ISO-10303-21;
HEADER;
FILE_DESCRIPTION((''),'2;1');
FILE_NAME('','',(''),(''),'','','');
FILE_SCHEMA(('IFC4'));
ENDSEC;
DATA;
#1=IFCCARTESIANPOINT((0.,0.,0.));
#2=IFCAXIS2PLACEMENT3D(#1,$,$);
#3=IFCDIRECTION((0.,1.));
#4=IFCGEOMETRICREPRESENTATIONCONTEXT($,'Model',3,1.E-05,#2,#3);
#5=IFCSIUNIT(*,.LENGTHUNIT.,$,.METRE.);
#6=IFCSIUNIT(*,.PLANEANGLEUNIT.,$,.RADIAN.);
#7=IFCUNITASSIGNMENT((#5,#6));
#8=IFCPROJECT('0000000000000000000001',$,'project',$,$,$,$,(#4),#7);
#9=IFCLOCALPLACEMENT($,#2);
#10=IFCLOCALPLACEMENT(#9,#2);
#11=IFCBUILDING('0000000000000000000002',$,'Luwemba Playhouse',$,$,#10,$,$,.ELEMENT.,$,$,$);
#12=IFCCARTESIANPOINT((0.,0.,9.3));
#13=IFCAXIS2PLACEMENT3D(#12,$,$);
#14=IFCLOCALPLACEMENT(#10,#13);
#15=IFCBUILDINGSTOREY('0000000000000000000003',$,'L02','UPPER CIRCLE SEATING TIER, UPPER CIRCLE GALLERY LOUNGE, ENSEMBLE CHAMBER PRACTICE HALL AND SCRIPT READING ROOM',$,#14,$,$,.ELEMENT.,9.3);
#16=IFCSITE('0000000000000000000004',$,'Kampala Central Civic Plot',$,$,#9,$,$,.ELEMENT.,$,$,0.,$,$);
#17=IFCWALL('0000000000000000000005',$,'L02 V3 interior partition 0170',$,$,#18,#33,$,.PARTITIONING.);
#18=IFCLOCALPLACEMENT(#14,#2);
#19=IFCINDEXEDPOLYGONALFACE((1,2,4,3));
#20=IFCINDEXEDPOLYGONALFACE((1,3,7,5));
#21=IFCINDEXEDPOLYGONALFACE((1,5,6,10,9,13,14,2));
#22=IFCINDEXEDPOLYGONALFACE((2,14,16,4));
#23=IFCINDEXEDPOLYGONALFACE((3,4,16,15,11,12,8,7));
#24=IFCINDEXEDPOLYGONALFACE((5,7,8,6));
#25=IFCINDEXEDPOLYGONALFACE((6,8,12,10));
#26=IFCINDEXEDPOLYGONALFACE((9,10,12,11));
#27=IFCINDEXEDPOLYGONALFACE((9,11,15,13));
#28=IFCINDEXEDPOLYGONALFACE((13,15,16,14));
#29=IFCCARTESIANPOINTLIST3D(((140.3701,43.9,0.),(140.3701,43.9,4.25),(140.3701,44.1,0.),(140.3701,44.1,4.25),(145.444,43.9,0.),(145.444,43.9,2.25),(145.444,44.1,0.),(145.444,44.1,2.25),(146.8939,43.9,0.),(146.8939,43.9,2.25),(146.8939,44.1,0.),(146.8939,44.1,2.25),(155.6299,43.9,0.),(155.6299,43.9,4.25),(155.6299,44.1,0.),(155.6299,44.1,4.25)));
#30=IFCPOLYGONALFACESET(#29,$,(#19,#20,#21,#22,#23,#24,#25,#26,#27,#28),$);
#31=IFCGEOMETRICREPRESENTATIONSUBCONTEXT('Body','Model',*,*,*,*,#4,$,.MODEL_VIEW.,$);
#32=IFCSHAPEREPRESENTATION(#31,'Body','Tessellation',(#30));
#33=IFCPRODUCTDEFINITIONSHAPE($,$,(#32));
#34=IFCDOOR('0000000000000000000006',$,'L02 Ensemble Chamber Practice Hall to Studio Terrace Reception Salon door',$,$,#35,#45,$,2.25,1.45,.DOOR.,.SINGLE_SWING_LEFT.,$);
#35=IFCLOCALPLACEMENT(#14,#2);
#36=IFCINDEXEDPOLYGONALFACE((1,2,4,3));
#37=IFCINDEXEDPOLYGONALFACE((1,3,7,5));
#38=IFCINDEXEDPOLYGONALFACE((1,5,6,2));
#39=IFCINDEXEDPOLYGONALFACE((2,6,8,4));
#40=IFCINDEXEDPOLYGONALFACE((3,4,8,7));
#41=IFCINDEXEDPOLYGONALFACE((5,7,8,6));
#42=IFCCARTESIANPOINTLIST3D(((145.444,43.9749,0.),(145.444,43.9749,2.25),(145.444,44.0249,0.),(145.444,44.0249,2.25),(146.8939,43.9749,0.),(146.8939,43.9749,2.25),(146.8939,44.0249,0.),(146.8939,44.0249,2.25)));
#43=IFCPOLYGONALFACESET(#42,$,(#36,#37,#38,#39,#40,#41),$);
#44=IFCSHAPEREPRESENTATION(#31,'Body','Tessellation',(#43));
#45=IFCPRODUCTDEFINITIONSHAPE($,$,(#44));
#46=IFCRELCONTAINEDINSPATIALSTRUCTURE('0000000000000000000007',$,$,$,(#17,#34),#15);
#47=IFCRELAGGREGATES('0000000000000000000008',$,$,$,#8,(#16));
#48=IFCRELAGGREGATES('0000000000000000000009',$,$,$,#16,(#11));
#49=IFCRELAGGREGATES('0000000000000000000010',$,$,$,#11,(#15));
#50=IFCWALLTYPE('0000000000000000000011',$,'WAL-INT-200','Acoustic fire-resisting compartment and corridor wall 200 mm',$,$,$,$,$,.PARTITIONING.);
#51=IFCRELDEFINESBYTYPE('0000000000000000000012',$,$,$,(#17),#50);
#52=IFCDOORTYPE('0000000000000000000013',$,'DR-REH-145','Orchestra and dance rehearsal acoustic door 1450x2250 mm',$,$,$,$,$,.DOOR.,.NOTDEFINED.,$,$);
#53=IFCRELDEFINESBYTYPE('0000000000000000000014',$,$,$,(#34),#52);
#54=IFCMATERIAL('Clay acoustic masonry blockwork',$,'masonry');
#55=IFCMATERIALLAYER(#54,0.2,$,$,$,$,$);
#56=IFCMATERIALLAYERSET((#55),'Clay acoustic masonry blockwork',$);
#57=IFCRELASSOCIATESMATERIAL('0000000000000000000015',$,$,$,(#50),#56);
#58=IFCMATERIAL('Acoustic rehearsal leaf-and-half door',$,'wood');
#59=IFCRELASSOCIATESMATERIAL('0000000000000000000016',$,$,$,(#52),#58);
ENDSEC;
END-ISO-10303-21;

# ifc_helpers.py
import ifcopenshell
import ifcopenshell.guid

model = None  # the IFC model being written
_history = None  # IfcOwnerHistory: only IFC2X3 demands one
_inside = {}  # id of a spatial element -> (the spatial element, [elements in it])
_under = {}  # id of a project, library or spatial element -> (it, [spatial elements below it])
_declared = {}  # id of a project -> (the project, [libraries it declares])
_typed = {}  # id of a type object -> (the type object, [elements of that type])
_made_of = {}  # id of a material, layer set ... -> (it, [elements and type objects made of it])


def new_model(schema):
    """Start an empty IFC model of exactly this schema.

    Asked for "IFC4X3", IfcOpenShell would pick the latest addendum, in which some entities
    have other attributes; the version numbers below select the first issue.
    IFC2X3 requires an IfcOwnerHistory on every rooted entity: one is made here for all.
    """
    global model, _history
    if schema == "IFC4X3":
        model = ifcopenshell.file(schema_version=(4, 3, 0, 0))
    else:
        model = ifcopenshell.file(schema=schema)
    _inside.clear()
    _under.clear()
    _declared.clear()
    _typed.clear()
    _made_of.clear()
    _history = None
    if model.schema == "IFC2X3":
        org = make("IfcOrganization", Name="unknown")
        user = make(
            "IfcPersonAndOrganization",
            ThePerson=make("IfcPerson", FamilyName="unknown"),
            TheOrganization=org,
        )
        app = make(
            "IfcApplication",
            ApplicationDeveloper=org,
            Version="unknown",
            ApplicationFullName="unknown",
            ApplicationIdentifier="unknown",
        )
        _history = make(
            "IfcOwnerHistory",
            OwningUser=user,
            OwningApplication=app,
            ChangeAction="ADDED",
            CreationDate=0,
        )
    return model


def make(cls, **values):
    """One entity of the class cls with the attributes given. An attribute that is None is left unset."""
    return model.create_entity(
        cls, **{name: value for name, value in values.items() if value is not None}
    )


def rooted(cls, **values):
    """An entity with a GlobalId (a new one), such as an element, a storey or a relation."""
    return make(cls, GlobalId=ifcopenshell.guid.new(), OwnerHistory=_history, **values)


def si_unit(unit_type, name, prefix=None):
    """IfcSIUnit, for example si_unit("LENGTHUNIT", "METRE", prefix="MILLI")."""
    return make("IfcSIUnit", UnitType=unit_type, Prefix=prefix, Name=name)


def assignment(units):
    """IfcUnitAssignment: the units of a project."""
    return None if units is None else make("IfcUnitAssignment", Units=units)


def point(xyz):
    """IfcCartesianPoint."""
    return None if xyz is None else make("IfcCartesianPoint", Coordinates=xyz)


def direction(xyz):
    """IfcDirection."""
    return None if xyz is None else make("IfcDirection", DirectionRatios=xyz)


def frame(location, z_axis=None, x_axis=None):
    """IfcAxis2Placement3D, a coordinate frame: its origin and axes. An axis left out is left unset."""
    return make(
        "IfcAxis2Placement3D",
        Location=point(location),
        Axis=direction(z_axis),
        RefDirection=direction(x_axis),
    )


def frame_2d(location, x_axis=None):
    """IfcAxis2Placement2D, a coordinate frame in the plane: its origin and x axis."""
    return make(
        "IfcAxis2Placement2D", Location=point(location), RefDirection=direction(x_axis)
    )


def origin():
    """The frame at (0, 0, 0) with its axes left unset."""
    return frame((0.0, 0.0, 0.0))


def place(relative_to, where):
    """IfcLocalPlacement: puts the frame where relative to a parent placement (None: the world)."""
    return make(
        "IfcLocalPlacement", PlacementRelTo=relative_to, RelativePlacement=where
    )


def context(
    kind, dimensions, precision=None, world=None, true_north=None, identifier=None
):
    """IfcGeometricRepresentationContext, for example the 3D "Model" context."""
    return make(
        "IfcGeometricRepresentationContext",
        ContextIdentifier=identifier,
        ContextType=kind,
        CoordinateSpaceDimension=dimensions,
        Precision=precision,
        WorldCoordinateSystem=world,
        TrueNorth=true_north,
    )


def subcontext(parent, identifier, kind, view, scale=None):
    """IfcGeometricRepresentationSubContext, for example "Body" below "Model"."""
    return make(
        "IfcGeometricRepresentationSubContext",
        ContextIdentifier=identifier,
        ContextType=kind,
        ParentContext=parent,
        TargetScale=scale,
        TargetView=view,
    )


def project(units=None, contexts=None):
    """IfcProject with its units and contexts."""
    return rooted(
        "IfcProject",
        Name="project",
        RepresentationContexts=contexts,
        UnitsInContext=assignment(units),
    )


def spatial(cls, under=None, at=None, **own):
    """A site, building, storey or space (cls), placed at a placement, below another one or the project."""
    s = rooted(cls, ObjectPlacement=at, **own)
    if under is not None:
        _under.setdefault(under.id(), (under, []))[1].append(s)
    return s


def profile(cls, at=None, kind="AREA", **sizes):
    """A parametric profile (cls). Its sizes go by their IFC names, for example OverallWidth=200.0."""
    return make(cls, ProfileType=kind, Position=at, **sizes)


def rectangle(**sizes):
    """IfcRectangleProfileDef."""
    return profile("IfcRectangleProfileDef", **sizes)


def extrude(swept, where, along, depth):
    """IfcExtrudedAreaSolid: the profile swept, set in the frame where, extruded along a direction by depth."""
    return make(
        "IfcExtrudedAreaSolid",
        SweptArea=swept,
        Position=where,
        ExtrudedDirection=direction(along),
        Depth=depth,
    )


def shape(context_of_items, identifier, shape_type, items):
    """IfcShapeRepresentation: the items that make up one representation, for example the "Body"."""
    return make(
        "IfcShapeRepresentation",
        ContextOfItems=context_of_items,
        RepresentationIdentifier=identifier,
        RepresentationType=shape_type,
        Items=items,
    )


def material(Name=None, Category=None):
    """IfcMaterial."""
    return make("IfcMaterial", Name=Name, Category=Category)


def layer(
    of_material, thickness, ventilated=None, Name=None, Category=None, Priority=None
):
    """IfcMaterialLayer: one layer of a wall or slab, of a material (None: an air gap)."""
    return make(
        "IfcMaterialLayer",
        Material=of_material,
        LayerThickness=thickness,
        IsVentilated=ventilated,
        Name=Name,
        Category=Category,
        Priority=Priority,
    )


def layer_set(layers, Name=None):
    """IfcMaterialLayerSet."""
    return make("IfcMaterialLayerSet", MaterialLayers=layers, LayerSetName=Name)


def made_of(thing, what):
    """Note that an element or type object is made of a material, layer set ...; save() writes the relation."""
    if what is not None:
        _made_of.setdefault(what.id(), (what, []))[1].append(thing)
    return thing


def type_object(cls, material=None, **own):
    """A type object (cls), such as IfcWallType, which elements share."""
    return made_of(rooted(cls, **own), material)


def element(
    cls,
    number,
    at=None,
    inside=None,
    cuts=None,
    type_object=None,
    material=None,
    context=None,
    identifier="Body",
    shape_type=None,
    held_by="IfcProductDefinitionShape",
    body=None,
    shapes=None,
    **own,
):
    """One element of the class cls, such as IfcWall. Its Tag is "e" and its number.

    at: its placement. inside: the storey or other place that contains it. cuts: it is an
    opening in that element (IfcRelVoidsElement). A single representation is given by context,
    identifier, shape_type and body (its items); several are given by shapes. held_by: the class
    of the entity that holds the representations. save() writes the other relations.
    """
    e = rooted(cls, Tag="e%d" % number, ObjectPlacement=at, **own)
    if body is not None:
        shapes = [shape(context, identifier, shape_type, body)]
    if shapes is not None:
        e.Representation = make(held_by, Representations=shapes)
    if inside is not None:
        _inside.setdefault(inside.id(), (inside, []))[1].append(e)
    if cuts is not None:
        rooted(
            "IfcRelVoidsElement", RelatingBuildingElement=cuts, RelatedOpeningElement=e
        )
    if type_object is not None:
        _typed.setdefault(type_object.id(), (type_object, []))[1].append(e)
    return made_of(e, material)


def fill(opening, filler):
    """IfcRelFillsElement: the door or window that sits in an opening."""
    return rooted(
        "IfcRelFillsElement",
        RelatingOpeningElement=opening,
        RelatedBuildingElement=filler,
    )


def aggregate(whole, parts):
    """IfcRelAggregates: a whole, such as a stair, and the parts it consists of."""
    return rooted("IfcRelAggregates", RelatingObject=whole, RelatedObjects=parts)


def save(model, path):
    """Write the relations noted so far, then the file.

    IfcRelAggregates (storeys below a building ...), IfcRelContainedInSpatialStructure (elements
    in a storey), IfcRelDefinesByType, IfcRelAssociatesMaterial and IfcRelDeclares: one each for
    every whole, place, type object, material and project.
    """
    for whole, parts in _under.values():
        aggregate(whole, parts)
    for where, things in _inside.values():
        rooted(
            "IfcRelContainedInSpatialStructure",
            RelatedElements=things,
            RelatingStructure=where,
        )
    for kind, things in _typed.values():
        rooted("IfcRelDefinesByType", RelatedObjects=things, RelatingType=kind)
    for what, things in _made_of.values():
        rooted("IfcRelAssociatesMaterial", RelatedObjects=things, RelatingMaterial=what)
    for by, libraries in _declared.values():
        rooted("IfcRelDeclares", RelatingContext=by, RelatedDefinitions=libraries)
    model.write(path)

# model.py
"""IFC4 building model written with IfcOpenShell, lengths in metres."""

from ifc_helpers import new_model, si_unit, direction, frame, frame_2d, origin, place, context, subcontext, project, spatial, rectangle, extrude, material, layer, layer_set, type_object, element, fill, save


model = new_model("IFC4")

# Units and contexts
model_context = context("Model", 3, precision=1e-05, world=origin(), true_north=direction((0.0, 1.0)))
body_context = subcontext(model_context, "Body", "Model", "MODEL_VIEW")
ifc_project = project(units=[si_unit("LENGTHUNIT", "METRE"), si_unit("PLANEANGLEUNIT", "RADIAN")], contexts=[model_context])

# Site, building, storey
site_placement = place(None, origin())
site = spatial("IfcSite", under=ifc_project, at=site_placement, Name="Kampala Central Civic Plot", CompositionType="ELEMENT", RefElevation=0.0)
building_placement = place(site_placement, origin())
building = spatial("IfcBuilding", under=site, at=building_placement, Name="Luwemba Playhouse", CompositionType="ELEMENT")
storey_placement = place(building_placement, frame((0.0, 0.0, 9.3)))
storey = spatial("IfcBuildingStorey", under=building, at=storey_placement, Name="L02", Description="UPPER CIRCLE SEATING TIER, UPPER CIRCLE GALLERY LOUNGE, ENSEMBLE CHAMBER PRACTICE HALL AND SCRIPT READING ROOM", CompositionType="ELEMENT", Elevation=9.3)

# Wall, opening, door
ifc_material_1 = material(Name="Clay acoustic masonry blockwork", Category="masonry")
ifc_layer_1 = layer(ifc_material_1, 0.2)
ifc_layer_set_1 = layer_set([ifc_layer_1], Name="Clay acoustic masonry blockwork")
wall_type_1 = type_object("IfcWallType", Name="WAL-INT-200", Description="Acoustic fire-resisting compartment and corridor wall 200 mm", PredefinedType="PARTITIONING", material=ifc_layer_set_1)
wall_1_placement = place(storey_placement, frame((140.3701, 44.0, 0.0), z_axis=(0.0, 0.0, 1.0), x_axis=(1.0, 0.0, 0.0)))
wall_1 = element("IfcWall", 1, at=wall_1_placement, inside=storey, type_object=wall_type_1, Name="L02 V3 interior partition 0170", PredefinedType="PARTITIONING", context=body_context, shape_type="SweptSolid", body=[
    extrude(rectangle(XDim=15.2598, YDim=0.2, at=frame_2d((7.6299, 0.0))), origin(), (0.0, 0.0, 1.0), 4.25),
])
opening_1_placement = place(wall_1_placement, frame((5.0737, 0.0, 0.0)))
opening_1 = element("IfcOpeningElement", 2, at=opening_1_placement, cuts=wall_1, PredefinedType="OPENING", context=body_context, shape_type="SweptSolid", body=[
    extrude(rectangle(XDim=1.45, YDim=2.25, at=frame_2d((0.7251, 1.125))), frame((0.0, 0.1099, 0.0), z_axis=(0.0, -1.0, 0.0), x_axis=(1.0, 0.0, 0.0)), (0.0, 0.0, 1.0), 0.22),
])
ifc_material_2 = material(Name="Acoustic rehearsal leaf-and-half door", Category="wood")
door_type_1 = type_object("IfcDoorType", Name="DR-REH-145", Description="Orchestra and dance rehearsal acoustic door 1450x2250 mm", OperationType="NOTDEFINED", PredefinedType="DOOR", material=ifc_material_2)
door_1_placement = place(opening_1_placement, origin())
door_1 = element("IfcDoor", 3, at=door_1_placement, inside=storey, type_object=door_type_1, Name="L02 Ensemble Chamber Practice Hall to Studio Terrace Reception Salon door", OperationType="SINGLE_SWING_LEFT", OverallHeight=2.25, OverallWidth=1.45, PredefinedType="DOOR", context=body_context, shape_type="SweptSolid", body=[
    extrude(rectangle(XDim=1.45, YDim=2.25, at=frame_2d((0.7251, 1.125))), frame((0.0, 0.0249, 0.0), z_axis=(0.0, -1.0, 0.0), x_axis=(1.0, 0.0, 0.0)), (0.0, 0.0, 1.0), 0.05),
])
fill(opening_1, door_1)

save(model, "model.ifc")
